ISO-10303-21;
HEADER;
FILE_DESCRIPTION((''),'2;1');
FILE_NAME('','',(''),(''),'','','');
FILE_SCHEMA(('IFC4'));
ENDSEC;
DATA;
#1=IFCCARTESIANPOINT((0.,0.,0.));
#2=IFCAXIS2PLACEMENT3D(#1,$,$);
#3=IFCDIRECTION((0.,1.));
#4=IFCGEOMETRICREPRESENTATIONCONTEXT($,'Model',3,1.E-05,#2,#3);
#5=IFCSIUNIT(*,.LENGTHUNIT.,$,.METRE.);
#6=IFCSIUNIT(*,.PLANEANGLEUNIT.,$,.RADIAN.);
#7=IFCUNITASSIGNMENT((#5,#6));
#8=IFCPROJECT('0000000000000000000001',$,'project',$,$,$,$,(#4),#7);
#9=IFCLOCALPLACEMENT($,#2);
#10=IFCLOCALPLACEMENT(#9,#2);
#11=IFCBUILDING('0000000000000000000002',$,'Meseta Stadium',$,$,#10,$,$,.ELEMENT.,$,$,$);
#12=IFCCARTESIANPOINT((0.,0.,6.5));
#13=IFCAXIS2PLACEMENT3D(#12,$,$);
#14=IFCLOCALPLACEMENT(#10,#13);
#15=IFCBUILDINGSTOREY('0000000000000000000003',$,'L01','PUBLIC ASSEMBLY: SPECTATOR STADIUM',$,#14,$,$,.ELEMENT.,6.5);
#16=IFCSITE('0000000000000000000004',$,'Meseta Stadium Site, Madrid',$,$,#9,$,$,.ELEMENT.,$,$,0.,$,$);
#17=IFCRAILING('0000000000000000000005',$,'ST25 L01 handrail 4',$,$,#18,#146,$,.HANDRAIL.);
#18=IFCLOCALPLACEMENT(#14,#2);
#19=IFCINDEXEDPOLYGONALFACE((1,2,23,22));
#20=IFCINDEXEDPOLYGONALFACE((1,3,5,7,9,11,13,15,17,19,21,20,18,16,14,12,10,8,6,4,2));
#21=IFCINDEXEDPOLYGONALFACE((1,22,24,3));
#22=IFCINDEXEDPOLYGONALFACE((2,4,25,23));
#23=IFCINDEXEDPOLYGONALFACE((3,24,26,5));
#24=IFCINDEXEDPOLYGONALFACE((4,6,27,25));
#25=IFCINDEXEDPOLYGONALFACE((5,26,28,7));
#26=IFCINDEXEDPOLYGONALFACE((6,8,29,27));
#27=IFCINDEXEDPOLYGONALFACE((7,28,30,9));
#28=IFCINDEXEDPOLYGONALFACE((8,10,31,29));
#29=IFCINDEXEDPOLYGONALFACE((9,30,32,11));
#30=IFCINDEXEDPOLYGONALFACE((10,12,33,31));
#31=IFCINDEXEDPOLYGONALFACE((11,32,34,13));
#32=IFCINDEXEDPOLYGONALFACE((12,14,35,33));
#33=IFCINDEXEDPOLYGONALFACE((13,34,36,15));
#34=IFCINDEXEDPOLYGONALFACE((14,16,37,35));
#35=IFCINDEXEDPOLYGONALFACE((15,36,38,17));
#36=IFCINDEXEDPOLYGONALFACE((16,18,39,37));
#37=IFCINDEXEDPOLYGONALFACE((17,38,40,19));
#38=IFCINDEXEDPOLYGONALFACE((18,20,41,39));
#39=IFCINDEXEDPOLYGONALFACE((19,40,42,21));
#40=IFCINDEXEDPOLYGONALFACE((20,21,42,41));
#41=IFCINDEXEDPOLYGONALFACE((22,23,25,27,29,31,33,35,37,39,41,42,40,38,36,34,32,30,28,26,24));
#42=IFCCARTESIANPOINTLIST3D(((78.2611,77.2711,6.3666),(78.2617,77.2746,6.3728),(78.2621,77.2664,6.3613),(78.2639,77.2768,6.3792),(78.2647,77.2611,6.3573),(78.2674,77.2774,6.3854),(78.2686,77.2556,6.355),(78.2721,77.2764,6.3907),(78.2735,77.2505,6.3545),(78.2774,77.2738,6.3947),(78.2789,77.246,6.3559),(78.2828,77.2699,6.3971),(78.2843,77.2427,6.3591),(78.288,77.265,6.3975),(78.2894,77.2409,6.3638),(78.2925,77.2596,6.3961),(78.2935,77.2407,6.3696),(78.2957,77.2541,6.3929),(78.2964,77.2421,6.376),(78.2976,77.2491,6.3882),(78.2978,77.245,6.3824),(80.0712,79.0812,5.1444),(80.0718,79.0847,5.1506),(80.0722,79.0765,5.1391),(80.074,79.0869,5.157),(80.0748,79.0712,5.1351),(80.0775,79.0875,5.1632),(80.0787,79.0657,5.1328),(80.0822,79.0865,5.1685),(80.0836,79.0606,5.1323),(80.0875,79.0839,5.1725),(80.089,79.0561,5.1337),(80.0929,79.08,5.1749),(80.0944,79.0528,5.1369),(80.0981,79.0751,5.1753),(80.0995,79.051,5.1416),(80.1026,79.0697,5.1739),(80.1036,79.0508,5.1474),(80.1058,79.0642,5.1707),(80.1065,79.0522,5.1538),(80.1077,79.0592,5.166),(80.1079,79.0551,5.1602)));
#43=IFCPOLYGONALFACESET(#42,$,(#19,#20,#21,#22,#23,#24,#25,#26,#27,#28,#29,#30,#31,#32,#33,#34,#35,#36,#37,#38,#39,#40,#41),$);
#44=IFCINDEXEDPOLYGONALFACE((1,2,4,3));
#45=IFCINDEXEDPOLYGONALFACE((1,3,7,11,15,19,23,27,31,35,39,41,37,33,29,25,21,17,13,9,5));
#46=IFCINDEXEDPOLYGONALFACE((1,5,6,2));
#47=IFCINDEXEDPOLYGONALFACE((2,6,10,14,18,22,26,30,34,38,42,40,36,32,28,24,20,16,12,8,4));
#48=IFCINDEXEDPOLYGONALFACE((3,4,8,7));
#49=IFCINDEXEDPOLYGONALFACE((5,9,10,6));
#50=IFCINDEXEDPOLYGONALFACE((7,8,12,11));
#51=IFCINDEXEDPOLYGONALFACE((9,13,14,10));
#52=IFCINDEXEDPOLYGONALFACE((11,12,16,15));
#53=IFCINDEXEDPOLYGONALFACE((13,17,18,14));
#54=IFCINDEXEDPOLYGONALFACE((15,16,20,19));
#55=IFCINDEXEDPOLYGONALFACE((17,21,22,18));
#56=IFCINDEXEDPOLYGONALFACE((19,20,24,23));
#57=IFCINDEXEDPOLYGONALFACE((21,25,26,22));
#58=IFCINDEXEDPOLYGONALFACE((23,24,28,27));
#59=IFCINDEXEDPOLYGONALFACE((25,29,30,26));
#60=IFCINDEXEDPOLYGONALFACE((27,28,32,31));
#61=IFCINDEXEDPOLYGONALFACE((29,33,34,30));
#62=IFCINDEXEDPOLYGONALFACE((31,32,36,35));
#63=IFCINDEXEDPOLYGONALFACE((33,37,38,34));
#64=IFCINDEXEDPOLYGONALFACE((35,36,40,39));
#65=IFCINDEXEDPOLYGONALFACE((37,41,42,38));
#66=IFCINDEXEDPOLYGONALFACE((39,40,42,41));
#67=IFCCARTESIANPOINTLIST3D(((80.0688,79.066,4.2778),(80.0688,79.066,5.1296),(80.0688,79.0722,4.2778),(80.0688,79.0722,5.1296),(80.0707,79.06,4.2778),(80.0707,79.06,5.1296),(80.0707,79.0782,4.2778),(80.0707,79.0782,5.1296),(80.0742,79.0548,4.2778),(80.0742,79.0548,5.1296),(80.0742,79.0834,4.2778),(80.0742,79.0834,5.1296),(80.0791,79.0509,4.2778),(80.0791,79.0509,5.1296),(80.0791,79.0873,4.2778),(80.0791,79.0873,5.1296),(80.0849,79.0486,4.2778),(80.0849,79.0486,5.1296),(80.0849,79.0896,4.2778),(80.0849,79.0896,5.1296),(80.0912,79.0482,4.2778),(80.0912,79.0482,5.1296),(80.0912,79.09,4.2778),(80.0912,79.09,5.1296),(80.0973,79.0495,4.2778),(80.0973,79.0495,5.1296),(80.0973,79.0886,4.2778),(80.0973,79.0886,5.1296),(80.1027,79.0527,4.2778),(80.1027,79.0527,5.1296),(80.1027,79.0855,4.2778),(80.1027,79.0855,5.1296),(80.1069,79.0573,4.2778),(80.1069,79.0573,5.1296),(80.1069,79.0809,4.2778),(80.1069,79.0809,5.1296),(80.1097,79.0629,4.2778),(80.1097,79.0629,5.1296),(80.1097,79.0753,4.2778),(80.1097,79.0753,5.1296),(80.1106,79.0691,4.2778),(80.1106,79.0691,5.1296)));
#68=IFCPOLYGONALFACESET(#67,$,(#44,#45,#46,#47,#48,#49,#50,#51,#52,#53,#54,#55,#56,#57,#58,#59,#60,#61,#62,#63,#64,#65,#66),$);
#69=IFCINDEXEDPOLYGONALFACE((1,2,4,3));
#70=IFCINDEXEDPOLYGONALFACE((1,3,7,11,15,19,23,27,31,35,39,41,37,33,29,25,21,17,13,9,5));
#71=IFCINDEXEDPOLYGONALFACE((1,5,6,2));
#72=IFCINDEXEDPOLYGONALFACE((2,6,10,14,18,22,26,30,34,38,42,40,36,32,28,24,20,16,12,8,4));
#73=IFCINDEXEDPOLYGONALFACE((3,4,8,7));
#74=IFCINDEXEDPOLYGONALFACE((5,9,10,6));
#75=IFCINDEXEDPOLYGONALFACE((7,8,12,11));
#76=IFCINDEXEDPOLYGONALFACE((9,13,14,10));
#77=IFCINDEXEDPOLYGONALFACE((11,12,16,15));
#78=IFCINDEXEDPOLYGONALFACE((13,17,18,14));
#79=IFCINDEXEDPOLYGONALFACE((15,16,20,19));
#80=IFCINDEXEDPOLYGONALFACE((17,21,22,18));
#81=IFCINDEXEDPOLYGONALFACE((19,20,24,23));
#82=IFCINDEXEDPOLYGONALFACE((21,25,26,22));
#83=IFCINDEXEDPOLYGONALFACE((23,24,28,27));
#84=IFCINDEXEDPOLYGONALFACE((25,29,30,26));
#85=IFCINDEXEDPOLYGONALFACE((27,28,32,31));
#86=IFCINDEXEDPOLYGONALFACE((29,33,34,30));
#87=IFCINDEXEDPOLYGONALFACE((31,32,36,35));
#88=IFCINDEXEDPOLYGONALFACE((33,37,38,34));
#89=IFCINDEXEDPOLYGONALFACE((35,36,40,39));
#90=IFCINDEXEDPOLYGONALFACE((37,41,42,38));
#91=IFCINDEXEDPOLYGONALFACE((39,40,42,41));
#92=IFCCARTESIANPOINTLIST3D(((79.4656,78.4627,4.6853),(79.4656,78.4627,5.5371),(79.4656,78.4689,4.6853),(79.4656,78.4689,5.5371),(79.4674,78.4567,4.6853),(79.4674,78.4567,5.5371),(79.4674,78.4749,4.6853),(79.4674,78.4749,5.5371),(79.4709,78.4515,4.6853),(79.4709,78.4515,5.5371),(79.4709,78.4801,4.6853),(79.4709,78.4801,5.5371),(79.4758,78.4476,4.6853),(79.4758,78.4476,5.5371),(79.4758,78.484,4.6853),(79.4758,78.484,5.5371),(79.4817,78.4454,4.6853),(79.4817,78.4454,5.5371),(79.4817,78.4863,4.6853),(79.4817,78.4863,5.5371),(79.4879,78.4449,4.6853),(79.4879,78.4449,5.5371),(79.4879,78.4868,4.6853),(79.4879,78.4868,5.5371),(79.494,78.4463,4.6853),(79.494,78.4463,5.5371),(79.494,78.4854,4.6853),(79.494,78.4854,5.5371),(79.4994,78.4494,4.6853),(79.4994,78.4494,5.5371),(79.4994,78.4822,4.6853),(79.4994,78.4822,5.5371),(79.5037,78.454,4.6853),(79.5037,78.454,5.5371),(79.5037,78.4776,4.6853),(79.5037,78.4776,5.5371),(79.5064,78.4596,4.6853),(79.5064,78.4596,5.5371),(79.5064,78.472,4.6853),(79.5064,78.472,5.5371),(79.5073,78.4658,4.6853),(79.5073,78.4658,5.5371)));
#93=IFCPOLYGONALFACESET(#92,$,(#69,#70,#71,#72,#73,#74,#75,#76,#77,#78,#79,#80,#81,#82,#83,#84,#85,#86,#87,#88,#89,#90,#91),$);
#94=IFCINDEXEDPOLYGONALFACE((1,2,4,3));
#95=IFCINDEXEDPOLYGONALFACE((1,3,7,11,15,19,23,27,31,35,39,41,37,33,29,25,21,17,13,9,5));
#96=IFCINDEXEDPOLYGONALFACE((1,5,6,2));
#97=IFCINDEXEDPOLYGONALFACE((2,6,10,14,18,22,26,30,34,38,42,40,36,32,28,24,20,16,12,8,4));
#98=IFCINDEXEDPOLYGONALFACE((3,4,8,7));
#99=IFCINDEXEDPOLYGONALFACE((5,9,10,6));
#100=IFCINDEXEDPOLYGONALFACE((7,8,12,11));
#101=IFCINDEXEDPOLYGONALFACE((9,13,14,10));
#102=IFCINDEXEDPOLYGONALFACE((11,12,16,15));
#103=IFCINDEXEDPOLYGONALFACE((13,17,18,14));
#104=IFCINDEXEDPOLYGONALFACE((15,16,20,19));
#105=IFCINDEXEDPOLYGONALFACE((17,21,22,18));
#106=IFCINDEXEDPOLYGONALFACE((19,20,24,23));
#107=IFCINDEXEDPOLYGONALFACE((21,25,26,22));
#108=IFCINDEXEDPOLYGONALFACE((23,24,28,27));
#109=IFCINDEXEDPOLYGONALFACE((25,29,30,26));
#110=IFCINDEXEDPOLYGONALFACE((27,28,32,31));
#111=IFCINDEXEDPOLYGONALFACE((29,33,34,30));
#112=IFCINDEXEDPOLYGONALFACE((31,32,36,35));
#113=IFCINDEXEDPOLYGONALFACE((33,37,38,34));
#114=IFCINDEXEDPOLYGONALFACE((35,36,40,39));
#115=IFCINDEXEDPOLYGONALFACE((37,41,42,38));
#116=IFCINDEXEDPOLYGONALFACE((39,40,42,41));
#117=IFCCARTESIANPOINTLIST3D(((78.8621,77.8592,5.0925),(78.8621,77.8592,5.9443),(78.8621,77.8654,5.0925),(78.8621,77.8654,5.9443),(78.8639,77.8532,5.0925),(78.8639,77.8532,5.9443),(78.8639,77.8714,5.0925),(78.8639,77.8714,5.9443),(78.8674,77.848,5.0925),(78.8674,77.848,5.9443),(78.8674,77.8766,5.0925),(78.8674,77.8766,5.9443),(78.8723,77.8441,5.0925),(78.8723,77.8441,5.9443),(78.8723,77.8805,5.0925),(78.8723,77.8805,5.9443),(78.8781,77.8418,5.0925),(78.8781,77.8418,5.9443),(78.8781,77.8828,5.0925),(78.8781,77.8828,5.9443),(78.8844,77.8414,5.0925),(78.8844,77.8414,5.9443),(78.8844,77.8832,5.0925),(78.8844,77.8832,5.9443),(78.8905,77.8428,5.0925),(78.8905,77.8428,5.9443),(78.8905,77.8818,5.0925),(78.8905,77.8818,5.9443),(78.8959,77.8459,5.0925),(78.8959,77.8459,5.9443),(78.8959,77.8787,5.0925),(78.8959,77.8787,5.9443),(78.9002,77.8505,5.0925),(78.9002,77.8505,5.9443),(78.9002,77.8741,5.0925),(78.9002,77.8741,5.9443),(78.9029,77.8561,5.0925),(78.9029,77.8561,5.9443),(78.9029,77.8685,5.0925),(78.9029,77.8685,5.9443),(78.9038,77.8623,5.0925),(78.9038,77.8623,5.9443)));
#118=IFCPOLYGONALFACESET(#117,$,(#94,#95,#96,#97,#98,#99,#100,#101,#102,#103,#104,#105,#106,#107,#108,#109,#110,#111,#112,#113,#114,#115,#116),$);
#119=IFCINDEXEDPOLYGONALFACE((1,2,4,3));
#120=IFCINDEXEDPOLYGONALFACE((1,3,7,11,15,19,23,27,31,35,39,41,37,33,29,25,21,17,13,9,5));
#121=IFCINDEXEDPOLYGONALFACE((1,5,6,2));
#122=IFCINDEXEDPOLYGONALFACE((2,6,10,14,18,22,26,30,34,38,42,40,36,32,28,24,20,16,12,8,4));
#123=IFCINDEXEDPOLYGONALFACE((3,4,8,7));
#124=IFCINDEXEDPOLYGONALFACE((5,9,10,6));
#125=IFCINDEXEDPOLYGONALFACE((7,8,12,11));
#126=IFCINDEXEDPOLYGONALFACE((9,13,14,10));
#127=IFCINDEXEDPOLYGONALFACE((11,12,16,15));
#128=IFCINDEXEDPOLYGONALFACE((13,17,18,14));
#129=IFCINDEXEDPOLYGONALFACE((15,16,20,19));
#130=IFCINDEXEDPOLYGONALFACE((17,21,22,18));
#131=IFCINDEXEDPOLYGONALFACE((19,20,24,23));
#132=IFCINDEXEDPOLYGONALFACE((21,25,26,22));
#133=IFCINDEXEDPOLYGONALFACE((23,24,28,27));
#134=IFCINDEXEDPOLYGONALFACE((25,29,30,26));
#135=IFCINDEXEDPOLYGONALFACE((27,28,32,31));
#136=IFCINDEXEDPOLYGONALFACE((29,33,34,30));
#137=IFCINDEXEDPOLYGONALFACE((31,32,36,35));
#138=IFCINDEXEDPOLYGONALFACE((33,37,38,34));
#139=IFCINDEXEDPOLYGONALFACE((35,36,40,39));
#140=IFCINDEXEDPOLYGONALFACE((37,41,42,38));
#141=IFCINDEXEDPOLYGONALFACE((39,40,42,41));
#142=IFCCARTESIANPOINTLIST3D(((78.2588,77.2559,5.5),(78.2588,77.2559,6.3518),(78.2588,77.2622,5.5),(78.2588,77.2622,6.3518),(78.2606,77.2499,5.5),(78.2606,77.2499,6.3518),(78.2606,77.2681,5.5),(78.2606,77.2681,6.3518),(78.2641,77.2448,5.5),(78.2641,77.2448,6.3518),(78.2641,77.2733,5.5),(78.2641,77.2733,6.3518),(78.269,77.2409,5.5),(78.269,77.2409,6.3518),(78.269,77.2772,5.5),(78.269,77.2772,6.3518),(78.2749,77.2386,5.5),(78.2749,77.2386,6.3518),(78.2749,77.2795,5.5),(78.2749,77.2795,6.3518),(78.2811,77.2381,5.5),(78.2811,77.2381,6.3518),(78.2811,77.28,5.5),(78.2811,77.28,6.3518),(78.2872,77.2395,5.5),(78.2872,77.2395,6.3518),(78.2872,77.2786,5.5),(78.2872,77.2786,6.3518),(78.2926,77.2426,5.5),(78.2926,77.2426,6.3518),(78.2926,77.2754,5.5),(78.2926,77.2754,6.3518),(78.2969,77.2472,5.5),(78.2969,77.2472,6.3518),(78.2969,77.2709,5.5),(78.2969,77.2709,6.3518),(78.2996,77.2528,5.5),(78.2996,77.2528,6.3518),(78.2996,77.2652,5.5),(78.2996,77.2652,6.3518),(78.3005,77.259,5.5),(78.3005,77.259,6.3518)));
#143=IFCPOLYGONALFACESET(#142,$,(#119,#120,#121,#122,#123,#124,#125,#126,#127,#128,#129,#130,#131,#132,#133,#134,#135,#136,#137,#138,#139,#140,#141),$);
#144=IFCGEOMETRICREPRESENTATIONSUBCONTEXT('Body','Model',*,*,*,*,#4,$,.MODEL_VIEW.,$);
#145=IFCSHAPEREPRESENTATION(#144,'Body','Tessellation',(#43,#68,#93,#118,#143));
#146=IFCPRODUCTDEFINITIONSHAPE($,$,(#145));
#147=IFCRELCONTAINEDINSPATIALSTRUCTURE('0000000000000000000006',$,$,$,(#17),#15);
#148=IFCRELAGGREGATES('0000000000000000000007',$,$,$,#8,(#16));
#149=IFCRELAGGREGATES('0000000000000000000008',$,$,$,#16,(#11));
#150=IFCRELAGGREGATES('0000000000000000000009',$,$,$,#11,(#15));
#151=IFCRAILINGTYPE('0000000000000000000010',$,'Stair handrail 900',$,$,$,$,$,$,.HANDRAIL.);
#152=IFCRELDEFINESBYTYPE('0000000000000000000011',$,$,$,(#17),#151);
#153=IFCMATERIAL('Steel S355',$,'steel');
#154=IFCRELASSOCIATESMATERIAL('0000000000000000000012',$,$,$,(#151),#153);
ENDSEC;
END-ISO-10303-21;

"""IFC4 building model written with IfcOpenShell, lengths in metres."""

from ifc_helpers import new_model, si_unit, direction, frame, origin, origin_2d, place, context, subcontext, project, spatial, circle, extrude, material, type_object, element, save


model = new_model("IFC4")

# Units and contexts
model_context = context("Model", 3, precision=1e-05, world=origin(), true_north=direction((0.0, 1.0)))
body_context = subcontext(model_context, "Body", "Model", "MODEL_VIEW")
ifc_project = project(units=[si_unit("LENGTHUNIT", "METRE"), si_unit("PLANEANGLEUNIT", "RADIAN")], contexts=[model_context])

# Site, building, storey
site_placement = place(None, origin())
site = spatial("IfcSite", under=ifc_project, at=site_placement, Name="Meseta Stadium Site, Madrid", CompositionType="ELEMENT", RefElevation=0.0)
building_placement = place(site_placement, origin())
building = spatial("IfcBuilding", under=site, at=building_placement, Name="Meseta Stadium", CompositionType="ELEMENT")
storey_placement = place(building_placement, frame((0.0, 0.0, 6.5)))
storey = spatial("IfcBuildingStorey", under=building, at=storey_placement, Name="L01", Description="PUBLIC ASSEMBLY: SPECTATOR STADIUM", CompositionType="ELEMENT", Elevation=6.5)

# Railing
ifc_material_1 = material(Name="Steel S355", Category="steel")
railing_type_1 = type_object("IfcRailingType", Name="Stair handrail 900", PredefinedType="HANDRAIL", material=ifc_material_1)
railing_1_placement = place(storey_placement, frame((80.0896, 79.0691, 4.2778)))
element("IfcRailing", 1, at=railing_1_placement, inside=storey, type_object=railing_type_1, Name="ST25 L01 handrail 4", PredefinedType="HANDRAIL", context=body_context, shape_type="SweptSolid", body=[
    extrude(circle(Radius=0.0239, at=origin_2d()), frame((0.0, 0.0, 0.876), z_axis=(-0.638108, -0.638108, 0.430856), x_axis=(0.707107, -0.707107, 0.0)), (0.0, 0.0, 1.0), 2.8367),
    extrude(circle(Radius=0.021, at=origin_2d()), origin(), (0.0, 0.0, 1.0), 0.8518),
    extrude(circle(Radius=0.021, at=origin_2d()), frame((-0.6033, -0.6033, 0.4075)), (0.0, 0.0, 1.0), 0.8518),
    extrude(circle(Radius=0.021, at=origin_2d()), frame((-1.2068, -1.2068, 0.8147)), (0.0, 0.0, 1.0), 0.8518),
    extrude(circle(Radius=0.021, at=origin_2d()), frame((-1.8101, -1.8101, 1.2222)), (0.0, 0.0, 1.0), 0.8518),
])

save(model, "model.ifc")
